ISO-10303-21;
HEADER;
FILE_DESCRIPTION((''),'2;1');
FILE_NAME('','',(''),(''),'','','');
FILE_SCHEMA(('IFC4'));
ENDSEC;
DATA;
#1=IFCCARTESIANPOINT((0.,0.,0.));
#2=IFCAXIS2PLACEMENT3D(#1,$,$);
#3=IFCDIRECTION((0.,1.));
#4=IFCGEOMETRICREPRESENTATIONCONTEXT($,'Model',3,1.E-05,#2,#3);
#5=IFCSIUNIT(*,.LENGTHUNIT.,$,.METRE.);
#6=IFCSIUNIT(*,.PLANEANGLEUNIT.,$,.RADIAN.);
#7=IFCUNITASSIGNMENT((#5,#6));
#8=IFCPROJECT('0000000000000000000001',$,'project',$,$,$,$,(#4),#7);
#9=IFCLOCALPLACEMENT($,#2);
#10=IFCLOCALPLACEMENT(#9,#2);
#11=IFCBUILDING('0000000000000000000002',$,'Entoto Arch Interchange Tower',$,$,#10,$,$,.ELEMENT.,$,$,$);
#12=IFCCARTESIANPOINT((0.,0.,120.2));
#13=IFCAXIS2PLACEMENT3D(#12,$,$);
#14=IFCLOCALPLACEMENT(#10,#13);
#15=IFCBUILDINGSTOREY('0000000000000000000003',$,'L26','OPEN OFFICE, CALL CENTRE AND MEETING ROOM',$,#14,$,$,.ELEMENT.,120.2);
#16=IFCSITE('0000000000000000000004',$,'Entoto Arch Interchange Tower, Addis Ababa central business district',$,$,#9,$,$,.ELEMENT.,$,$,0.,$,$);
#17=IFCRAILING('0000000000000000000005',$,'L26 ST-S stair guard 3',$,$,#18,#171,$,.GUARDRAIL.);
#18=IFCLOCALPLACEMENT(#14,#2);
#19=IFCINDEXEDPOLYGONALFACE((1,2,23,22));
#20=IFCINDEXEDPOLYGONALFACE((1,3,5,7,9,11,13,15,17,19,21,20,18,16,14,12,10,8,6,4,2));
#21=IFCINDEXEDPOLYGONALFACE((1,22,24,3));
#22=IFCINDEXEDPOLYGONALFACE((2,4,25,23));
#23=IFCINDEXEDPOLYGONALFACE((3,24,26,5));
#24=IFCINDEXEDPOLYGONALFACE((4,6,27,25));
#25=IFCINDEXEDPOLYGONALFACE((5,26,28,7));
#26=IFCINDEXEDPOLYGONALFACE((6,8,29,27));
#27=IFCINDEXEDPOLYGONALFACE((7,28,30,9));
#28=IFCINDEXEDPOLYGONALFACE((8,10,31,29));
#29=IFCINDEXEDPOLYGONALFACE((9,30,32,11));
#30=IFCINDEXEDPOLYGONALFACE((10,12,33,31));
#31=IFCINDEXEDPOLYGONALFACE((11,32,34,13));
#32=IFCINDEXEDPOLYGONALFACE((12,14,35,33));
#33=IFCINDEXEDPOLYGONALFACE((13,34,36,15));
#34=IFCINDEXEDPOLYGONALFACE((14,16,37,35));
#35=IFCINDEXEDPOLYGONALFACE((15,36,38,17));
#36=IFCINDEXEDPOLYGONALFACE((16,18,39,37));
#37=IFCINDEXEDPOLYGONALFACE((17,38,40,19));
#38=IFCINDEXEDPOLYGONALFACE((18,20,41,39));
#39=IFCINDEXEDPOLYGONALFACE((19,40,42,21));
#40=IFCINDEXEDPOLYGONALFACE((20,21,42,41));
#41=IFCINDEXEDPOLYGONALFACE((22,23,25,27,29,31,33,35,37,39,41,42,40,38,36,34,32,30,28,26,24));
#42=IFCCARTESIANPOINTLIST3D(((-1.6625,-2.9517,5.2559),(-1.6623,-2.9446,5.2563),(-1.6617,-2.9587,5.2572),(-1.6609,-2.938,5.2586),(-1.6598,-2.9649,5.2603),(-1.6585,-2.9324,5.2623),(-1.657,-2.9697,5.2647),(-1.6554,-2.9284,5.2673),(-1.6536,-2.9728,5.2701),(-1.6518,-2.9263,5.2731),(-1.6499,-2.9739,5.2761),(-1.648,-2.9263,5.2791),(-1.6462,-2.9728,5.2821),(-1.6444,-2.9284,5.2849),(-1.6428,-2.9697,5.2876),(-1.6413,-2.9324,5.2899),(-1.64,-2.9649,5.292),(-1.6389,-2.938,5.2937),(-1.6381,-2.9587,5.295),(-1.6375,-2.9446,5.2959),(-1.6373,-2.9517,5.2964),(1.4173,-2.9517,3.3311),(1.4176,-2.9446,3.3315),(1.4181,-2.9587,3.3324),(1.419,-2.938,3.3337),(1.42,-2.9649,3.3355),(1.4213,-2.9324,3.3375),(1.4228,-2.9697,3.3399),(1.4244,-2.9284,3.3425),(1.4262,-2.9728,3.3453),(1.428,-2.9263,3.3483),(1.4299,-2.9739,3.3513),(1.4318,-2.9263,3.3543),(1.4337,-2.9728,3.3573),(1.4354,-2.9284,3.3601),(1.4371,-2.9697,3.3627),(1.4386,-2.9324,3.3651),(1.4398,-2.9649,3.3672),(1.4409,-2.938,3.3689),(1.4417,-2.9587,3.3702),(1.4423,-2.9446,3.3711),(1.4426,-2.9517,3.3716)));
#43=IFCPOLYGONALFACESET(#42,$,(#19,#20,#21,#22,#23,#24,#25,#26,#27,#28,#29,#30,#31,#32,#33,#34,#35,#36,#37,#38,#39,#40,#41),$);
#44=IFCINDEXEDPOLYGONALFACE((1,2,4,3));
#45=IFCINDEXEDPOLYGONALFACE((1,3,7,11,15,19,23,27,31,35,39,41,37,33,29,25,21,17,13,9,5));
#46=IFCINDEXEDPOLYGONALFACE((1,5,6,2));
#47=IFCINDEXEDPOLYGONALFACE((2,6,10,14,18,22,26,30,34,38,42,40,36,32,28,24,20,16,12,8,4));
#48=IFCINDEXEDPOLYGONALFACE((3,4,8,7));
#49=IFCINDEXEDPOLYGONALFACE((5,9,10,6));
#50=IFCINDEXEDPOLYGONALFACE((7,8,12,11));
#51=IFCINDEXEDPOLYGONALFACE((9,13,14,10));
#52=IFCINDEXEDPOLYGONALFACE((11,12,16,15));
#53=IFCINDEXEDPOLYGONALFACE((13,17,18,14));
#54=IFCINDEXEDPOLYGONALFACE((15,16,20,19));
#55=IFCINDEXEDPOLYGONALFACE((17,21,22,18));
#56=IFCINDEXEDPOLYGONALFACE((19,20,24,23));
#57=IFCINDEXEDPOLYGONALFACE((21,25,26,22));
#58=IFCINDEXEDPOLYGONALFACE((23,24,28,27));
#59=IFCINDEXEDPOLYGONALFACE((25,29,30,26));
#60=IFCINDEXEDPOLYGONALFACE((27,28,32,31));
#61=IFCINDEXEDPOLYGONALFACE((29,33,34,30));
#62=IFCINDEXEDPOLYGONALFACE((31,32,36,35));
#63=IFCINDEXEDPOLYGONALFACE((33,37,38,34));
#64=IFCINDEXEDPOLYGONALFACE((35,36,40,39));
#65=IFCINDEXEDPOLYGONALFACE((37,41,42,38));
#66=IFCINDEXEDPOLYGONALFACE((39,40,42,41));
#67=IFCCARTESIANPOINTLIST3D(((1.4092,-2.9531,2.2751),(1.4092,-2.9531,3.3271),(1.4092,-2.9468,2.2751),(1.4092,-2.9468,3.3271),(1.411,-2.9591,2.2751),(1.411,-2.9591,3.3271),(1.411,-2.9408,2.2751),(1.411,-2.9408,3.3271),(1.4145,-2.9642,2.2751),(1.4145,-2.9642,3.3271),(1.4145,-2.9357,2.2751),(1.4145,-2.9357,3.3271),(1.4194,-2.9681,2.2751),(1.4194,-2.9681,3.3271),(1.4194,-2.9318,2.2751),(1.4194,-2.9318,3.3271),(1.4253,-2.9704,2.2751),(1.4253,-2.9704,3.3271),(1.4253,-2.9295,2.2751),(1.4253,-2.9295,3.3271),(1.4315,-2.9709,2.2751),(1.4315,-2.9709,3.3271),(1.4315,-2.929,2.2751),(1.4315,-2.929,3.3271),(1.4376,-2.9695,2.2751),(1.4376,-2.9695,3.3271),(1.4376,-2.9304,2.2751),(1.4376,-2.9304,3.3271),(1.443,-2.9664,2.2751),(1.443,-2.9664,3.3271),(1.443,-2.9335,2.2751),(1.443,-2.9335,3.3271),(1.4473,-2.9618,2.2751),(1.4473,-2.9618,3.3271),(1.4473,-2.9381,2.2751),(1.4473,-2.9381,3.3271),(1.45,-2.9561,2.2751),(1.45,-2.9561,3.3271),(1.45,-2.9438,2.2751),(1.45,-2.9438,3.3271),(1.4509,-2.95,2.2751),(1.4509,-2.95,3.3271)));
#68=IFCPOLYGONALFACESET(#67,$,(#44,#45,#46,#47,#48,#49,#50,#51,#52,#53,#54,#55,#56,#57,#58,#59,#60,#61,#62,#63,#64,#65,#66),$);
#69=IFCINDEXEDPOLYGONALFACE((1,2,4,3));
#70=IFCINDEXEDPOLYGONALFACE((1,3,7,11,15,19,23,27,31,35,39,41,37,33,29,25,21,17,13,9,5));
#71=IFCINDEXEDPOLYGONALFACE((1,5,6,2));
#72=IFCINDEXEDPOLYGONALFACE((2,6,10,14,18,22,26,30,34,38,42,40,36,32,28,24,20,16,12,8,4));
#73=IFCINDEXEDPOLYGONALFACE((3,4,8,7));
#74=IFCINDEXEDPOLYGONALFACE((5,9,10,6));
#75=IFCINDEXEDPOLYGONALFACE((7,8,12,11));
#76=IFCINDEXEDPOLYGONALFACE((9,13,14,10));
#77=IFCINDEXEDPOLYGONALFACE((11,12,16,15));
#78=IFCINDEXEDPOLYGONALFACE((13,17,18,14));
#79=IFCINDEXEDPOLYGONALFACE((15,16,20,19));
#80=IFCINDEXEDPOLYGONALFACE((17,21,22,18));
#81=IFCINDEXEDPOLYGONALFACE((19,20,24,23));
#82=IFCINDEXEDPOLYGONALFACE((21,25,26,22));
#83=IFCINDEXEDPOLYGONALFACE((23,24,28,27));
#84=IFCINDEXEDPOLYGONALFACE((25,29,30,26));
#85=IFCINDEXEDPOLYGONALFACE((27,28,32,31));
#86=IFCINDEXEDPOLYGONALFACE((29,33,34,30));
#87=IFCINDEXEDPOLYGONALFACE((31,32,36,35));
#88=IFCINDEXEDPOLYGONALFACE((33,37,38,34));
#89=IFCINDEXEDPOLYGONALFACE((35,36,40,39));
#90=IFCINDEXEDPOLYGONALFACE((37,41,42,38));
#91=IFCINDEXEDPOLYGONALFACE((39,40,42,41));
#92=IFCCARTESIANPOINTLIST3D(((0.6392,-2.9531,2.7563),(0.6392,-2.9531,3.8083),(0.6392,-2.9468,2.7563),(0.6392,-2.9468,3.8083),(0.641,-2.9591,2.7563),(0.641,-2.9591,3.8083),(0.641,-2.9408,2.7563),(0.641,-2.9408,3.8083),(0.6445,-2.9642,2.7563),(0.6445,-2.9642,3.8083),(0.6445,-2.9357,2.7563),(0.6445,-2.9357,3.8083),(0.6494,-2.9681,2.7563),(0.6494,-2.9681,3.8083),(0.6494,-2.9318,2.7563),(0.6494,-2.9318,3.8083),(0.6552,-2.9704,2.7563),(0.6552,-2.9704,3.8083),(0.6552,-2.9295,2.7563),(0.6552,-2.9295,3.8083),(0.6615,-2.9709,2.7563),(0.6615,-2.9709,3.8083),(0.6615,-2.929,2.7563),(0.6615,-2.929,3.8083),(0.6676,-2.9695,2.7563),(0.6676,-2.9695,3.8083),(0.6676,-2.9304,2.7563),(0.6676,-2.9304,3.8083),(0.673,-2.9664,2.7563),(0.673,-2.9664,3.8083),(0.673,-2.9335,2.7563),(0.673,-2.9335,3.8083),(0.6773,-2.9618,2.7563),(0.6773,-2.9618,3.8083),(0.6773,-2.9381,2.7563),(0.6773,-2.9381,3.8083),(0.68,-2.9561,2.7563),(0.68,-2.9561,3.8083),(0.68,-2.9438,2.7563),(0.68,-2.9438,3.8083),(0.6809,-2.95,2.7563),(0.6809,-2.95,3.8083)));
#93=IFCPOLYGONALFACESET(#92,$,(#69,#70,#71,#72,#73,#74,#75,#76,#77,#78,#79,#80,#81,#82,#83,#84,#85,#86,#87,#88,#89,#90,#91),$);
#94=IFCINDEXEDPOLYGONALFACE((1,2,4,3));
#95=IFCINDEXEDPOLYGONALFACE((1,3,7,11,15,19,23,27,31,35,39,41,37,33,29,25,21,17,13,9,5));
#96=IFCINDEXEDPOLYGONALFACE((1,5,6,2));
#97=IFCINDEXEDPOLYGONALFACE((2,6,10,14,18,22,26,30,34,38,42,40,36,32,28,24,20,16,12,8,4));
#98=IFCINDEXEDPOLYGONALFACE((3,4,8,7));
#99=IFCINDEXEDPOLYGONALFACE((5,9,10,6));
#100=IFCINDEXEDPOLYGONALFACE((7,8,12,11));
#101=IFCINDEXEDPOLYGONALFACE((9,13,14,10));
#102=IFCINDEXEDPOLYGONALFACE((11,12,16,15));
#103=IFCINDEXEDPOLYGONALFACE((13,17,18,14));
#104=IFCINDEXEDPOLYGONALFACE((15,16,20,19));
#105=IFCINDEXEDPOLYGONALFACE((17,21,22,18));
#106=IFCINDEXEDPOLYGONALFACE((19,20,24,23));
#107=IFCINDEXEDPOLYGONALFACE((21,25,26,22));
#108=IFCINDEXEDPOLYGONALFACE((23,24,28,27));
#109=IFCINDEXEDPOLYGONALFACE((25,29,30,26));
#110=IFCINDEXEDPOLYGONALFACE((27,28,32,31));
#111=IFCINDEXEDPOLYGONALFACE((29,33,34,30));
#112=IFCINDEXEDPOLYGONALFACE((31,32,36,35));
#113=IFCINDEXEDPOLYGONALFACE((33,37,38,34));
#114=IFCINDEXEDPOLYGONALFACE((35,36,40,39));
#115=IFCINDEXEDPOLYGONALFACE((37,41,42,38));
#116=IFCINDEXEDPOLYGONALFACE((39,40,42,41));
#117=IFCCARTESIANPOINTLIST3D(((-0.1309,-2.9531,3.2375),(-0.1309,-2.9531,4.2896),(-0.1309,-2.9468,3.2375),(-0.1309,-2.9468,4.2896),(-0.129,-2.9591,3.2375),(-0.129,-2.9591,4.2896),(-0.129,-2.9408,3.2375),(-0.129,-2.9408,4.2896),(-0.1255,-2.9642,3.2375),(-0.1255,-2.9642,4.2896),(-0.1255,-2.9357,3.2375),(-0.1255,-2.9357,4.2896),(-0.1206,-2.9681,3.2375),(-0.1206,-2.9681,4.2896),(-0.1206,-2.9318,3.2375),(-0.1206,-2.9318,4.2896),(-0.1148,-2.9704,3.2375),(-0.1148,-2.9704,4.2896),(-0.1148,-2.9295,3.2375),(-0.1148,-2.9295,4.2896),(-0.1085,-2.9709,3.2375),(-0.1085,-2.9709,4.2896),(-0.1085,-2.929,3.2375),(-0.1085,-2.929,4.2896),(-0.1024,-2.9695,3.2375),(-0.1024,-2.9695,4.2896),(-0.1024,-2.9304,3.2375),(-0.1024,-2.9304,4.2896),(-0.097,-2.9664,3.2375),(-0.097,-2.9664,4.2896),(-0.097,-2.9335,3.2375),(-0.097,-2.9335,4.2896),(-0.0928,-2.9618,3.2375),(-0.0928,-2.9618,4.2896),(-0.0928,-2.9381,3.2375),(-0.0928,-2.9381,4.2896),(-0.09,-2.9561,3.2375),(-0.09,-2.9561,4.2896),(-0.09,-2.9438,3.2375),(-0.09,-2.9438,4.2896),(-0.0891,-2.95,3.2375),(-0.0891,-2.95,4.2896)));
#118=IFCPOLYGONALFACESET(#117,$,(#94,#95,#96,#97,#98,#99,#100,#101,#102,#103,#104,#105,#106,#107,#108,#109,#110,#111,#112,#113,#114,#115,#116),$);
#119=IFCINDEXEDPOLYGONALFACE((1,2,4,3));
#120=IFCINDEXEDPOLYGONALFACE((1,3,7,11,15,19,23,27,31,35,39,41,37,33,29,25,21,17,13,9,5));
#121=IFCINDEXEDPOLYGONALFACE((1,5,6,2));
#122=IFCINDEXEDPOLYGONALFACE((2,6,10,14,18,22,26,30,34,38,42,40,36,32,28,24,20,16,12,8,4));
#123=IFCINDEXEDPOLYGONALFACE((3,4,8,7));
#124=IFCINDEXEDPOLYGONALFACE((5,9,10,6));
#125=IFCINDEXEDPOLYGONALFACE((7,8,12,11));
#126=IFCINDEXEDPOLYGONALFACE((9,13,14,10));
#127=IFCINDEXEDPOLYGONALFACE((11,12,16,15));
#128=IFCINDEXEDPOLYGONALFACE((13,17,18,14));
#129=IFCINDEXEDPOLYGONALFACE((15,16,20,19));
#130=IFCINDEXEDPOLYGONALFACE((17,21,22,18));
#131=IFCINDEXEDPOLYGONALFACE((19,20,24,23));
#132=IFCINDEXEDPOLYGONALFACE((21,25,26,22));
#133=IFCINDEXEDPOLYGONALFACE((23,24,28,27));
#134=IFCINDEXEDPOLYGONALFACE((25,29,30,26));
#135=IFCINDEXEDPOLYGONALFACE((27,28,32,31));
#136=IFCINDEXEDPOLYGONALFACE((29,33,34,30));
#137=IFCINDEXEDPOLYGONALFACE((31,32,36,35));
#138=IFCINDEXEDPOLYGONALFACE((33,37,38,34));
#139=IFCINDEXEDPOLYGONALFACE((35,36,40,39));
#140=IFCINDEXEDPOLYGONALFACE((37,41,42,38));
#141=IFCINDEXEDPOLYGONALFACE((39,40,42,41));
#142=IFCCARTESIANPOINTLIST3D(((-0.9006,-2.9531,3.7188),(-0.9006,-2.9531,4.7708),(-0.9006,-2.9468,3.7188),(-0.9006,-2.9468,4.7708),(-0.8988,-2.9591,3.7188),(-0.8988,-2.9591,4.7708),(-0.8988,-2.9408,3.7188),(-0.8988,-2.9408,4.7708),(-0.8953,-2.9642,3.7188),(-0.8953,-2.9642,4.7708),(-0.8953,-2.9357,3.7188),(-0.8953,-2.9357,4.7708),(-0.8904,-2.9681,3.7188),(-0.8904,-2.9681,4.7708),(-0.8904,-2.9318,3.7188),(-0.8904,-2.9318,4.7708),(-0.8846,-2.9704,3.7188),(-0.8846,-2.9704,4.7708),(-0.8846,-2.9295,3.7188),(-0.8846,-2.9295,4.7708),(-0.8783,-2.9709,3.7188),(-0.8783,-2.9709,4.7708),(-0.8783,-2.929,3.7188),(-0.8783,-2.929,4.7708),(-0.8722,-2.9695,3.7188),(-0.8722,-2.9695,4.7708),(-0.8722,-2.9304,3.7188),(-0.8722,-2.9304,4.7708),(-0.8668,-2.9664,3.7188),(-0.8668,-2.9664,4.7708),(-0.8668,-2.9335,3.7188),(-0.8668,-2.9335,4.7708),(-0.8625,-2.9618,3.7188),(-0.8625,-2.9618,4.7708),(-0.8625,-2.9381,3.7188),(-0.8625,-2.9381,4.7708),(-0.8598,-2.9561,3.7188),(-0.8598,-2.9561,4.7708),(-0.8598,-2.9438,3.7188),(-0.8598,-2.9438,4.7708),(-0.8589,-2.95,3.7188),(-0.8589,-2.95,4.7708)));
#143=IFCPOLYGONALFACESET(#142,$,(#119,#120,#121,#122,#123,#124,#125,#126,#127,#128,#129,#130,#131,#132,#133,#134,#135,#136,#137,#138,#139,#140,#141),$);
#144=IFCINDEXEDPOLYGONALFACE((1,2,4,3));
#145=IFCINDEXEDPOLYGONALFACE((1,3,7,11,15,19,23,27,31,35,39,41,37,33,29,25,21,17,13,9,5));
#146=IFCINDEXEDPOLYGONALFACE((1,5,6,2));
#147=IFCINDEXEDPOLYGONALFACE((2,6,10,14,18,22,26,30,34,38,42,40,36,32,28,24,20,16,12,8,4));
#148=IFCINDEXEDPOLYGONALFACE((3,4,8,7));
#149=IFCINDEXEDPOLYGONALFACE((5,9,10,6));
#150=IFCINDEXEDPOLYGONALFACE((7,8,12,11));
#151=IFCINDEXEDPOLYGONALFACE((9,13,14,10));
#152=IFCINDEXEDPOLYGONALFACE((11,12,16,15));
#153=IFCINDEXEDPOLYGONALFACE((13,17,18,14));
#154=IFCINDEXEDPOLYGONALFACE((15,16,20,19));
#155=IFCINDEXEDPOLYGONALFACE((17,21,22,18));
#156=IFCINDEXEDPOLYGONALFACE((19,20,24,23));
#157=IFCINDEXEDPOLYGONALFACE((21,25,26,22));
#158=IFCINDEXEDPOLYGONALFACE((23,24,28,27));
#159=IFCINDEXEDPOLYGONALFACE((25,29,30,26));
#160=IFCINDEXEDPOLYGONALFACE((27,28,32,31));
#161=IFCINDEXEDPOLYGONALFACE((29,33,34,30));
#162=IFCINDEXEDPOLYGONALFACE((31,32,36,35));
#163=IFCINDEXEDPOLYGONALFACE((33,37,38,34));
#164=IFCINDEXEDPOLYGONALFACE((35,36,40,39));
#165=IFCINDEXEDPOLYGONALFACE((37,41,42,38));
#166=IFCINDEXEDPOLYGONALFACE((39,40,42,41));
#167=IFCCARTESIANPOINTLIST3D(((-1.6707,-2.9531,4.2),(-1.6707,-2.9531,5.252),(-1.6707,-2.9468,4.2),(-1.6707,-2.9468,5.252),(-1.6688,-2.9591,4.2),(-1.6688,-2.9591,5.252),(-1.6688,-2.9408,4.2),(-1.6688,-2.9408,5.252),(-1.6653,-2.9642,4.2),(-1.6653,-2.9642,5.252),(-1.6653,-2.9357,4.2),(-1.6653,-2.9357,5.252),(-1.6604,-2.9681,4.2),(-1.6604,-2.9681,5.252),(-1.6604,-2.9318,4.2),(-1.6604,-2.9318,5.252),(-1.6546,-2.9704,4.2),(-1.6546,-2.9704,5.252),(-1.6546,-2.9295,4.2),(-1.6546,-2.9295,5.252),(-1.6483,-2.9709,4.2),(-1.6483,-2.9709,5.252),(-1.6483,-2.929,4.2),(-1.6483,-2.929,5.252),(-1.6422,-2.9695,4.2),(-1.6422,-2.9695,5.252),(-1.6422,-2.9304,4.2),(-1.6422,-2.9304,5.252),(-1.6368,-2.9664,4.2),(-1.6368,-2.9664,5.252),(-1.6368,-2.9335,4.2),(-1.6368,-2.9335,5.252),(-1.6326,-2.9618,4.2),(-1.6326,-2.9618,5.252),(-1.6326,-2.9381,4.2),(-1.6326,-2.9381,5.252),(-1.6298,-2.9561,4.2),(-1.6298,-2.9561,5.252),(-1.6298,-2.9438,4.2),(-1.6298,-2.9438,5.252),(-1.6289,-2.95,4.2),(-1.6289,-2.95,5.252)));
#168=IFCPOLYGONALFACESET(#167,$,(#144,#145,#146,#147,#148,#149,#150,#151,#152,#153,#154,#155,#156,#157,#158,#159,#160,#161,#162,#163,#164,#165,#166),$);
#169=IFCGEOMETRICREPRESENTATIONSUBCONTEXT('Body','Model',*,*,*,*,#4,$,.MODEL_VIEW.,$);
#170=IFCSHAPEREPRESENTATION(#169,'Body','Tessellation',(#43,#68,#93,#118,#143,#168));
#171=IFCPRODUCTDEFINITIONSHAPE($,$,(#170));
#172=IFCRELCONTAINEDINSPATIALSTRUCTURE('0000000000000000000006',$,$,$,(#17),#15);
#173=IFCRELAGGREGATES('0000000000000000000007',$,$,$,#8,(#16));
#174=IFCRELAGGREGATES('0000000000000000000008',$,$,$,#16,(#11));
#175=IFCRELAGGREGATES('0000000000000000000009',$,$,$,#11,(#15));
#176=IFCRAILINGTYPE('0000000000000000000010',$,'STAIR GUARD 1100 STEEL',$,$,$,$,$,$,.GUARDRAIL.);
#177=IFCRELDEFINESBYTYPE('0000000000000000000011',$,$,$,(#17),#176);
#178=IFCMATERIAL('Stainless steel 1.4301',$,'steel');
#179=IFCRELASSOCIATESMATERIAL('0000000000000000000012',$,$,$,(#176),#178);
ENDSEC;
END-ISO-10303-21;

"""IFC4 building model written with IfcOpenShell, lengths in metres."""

from ifc_helpers import new_model, si_unit, direction, frame, origin, origin_2d, place, context, subcontext, project, spatial, circle, extrude, material, type_object, element, save


model = new_model("IFC4")

# Units and contexts
model_context = context("Model", 3, precision=1e-05, world=origin(), true_north=direction((0.0, 1.0)))
body_context = subcontext(model_context, "Body", "Model", "MODEL_VIEW")
ifc_project = project(units=[si_unit("LENGTHUNIT", "METRE"), si_unit("PLANEANGLEUNIT", "RADIAN")], contexts=[model_context])

# Site, building, storey
site_placement = place(None, origin())
site = spatial("IfcSite", under=ifc_project, at=site_placement, Name="Entoto Arch Interchange Tower, Addis Ababa central business district", CompositionType="ELEMENT", RefElevation=0.0)
building_placement = place(site_placement, origin())
building = spatial("IfcBuilding", under=site, at=building_placement, Name="Entoto Arch Interchange Tower", CompositionType="ELEMENT")
storey_placement = place(building_placement, frame((0.0, 0.0, 120.2)))
storey = spatial("IfcBuildingStorey", under=building, at=storey_placement, Name="L26", Description="OPEN OFFICE, CALL CENTRE AND MEETING ROOM", CompositionType="ELEMENT", Elevation=120.2)

# Railing
ifc_material_1 = material(Name="Stainless steel 1.4301", Category="steel")
railing_type_1 = type_object("IfcRailingType", Name="STAIR GUARD 1100 STEEL", PredefinedType="GUARDRAIL", material=ifc_material_1)
railing_1_placement = place(storey_placement, frame((1.4299, -2.95, 2.2751)))
element("IfcRailing", 1, at=railing_1_placement, inside=storey, type_object=railing_type_1, Name="L26 ST-S stair guard 3", PredefinedType="GUARDRAIL", context=body_context, shape_type="SweptSolid", body=[
    extrude(circle(Radius=0.0239, at=origin_2d()), frame((0.0, 0.0, 1.0762), z_axis=(-0.84801, 0.0, 0.529981), x_axis=(0.0, -1.0, 0.0)), (0.0, 0.0, 1.0), 3.6318),
    extrude(circle(Radius=0.021, at=origin_2d()), origin(), (0.0, 0.0, 1.0), 1.052),
    extrude(circle(Radius=0.021, at=origin_2d()), frame((-0.77, 0.0, 0.4812)), (0.0, 0.0, 1.0), 1.052),
    extrude(circle(Radius=0.021, at=origin_2d()), frame((-1.54, 0.0, 0.9624)), (0.0, 0.0, 1.0), 1.052),
    extrude(circle(Radius=0.021, at=origin_2d()), frame((-2.3098, 0.0, 1.4436)), (0.0, 0.0, 1.0), 1.052),
    extrude(circle(Radius=0.021, at=origin_2d()), frame((-3.0798, 0.0, 1.9248)), (0.0, 0.0, 1.0), 1.052),
])

save(model, "model.ifc")
